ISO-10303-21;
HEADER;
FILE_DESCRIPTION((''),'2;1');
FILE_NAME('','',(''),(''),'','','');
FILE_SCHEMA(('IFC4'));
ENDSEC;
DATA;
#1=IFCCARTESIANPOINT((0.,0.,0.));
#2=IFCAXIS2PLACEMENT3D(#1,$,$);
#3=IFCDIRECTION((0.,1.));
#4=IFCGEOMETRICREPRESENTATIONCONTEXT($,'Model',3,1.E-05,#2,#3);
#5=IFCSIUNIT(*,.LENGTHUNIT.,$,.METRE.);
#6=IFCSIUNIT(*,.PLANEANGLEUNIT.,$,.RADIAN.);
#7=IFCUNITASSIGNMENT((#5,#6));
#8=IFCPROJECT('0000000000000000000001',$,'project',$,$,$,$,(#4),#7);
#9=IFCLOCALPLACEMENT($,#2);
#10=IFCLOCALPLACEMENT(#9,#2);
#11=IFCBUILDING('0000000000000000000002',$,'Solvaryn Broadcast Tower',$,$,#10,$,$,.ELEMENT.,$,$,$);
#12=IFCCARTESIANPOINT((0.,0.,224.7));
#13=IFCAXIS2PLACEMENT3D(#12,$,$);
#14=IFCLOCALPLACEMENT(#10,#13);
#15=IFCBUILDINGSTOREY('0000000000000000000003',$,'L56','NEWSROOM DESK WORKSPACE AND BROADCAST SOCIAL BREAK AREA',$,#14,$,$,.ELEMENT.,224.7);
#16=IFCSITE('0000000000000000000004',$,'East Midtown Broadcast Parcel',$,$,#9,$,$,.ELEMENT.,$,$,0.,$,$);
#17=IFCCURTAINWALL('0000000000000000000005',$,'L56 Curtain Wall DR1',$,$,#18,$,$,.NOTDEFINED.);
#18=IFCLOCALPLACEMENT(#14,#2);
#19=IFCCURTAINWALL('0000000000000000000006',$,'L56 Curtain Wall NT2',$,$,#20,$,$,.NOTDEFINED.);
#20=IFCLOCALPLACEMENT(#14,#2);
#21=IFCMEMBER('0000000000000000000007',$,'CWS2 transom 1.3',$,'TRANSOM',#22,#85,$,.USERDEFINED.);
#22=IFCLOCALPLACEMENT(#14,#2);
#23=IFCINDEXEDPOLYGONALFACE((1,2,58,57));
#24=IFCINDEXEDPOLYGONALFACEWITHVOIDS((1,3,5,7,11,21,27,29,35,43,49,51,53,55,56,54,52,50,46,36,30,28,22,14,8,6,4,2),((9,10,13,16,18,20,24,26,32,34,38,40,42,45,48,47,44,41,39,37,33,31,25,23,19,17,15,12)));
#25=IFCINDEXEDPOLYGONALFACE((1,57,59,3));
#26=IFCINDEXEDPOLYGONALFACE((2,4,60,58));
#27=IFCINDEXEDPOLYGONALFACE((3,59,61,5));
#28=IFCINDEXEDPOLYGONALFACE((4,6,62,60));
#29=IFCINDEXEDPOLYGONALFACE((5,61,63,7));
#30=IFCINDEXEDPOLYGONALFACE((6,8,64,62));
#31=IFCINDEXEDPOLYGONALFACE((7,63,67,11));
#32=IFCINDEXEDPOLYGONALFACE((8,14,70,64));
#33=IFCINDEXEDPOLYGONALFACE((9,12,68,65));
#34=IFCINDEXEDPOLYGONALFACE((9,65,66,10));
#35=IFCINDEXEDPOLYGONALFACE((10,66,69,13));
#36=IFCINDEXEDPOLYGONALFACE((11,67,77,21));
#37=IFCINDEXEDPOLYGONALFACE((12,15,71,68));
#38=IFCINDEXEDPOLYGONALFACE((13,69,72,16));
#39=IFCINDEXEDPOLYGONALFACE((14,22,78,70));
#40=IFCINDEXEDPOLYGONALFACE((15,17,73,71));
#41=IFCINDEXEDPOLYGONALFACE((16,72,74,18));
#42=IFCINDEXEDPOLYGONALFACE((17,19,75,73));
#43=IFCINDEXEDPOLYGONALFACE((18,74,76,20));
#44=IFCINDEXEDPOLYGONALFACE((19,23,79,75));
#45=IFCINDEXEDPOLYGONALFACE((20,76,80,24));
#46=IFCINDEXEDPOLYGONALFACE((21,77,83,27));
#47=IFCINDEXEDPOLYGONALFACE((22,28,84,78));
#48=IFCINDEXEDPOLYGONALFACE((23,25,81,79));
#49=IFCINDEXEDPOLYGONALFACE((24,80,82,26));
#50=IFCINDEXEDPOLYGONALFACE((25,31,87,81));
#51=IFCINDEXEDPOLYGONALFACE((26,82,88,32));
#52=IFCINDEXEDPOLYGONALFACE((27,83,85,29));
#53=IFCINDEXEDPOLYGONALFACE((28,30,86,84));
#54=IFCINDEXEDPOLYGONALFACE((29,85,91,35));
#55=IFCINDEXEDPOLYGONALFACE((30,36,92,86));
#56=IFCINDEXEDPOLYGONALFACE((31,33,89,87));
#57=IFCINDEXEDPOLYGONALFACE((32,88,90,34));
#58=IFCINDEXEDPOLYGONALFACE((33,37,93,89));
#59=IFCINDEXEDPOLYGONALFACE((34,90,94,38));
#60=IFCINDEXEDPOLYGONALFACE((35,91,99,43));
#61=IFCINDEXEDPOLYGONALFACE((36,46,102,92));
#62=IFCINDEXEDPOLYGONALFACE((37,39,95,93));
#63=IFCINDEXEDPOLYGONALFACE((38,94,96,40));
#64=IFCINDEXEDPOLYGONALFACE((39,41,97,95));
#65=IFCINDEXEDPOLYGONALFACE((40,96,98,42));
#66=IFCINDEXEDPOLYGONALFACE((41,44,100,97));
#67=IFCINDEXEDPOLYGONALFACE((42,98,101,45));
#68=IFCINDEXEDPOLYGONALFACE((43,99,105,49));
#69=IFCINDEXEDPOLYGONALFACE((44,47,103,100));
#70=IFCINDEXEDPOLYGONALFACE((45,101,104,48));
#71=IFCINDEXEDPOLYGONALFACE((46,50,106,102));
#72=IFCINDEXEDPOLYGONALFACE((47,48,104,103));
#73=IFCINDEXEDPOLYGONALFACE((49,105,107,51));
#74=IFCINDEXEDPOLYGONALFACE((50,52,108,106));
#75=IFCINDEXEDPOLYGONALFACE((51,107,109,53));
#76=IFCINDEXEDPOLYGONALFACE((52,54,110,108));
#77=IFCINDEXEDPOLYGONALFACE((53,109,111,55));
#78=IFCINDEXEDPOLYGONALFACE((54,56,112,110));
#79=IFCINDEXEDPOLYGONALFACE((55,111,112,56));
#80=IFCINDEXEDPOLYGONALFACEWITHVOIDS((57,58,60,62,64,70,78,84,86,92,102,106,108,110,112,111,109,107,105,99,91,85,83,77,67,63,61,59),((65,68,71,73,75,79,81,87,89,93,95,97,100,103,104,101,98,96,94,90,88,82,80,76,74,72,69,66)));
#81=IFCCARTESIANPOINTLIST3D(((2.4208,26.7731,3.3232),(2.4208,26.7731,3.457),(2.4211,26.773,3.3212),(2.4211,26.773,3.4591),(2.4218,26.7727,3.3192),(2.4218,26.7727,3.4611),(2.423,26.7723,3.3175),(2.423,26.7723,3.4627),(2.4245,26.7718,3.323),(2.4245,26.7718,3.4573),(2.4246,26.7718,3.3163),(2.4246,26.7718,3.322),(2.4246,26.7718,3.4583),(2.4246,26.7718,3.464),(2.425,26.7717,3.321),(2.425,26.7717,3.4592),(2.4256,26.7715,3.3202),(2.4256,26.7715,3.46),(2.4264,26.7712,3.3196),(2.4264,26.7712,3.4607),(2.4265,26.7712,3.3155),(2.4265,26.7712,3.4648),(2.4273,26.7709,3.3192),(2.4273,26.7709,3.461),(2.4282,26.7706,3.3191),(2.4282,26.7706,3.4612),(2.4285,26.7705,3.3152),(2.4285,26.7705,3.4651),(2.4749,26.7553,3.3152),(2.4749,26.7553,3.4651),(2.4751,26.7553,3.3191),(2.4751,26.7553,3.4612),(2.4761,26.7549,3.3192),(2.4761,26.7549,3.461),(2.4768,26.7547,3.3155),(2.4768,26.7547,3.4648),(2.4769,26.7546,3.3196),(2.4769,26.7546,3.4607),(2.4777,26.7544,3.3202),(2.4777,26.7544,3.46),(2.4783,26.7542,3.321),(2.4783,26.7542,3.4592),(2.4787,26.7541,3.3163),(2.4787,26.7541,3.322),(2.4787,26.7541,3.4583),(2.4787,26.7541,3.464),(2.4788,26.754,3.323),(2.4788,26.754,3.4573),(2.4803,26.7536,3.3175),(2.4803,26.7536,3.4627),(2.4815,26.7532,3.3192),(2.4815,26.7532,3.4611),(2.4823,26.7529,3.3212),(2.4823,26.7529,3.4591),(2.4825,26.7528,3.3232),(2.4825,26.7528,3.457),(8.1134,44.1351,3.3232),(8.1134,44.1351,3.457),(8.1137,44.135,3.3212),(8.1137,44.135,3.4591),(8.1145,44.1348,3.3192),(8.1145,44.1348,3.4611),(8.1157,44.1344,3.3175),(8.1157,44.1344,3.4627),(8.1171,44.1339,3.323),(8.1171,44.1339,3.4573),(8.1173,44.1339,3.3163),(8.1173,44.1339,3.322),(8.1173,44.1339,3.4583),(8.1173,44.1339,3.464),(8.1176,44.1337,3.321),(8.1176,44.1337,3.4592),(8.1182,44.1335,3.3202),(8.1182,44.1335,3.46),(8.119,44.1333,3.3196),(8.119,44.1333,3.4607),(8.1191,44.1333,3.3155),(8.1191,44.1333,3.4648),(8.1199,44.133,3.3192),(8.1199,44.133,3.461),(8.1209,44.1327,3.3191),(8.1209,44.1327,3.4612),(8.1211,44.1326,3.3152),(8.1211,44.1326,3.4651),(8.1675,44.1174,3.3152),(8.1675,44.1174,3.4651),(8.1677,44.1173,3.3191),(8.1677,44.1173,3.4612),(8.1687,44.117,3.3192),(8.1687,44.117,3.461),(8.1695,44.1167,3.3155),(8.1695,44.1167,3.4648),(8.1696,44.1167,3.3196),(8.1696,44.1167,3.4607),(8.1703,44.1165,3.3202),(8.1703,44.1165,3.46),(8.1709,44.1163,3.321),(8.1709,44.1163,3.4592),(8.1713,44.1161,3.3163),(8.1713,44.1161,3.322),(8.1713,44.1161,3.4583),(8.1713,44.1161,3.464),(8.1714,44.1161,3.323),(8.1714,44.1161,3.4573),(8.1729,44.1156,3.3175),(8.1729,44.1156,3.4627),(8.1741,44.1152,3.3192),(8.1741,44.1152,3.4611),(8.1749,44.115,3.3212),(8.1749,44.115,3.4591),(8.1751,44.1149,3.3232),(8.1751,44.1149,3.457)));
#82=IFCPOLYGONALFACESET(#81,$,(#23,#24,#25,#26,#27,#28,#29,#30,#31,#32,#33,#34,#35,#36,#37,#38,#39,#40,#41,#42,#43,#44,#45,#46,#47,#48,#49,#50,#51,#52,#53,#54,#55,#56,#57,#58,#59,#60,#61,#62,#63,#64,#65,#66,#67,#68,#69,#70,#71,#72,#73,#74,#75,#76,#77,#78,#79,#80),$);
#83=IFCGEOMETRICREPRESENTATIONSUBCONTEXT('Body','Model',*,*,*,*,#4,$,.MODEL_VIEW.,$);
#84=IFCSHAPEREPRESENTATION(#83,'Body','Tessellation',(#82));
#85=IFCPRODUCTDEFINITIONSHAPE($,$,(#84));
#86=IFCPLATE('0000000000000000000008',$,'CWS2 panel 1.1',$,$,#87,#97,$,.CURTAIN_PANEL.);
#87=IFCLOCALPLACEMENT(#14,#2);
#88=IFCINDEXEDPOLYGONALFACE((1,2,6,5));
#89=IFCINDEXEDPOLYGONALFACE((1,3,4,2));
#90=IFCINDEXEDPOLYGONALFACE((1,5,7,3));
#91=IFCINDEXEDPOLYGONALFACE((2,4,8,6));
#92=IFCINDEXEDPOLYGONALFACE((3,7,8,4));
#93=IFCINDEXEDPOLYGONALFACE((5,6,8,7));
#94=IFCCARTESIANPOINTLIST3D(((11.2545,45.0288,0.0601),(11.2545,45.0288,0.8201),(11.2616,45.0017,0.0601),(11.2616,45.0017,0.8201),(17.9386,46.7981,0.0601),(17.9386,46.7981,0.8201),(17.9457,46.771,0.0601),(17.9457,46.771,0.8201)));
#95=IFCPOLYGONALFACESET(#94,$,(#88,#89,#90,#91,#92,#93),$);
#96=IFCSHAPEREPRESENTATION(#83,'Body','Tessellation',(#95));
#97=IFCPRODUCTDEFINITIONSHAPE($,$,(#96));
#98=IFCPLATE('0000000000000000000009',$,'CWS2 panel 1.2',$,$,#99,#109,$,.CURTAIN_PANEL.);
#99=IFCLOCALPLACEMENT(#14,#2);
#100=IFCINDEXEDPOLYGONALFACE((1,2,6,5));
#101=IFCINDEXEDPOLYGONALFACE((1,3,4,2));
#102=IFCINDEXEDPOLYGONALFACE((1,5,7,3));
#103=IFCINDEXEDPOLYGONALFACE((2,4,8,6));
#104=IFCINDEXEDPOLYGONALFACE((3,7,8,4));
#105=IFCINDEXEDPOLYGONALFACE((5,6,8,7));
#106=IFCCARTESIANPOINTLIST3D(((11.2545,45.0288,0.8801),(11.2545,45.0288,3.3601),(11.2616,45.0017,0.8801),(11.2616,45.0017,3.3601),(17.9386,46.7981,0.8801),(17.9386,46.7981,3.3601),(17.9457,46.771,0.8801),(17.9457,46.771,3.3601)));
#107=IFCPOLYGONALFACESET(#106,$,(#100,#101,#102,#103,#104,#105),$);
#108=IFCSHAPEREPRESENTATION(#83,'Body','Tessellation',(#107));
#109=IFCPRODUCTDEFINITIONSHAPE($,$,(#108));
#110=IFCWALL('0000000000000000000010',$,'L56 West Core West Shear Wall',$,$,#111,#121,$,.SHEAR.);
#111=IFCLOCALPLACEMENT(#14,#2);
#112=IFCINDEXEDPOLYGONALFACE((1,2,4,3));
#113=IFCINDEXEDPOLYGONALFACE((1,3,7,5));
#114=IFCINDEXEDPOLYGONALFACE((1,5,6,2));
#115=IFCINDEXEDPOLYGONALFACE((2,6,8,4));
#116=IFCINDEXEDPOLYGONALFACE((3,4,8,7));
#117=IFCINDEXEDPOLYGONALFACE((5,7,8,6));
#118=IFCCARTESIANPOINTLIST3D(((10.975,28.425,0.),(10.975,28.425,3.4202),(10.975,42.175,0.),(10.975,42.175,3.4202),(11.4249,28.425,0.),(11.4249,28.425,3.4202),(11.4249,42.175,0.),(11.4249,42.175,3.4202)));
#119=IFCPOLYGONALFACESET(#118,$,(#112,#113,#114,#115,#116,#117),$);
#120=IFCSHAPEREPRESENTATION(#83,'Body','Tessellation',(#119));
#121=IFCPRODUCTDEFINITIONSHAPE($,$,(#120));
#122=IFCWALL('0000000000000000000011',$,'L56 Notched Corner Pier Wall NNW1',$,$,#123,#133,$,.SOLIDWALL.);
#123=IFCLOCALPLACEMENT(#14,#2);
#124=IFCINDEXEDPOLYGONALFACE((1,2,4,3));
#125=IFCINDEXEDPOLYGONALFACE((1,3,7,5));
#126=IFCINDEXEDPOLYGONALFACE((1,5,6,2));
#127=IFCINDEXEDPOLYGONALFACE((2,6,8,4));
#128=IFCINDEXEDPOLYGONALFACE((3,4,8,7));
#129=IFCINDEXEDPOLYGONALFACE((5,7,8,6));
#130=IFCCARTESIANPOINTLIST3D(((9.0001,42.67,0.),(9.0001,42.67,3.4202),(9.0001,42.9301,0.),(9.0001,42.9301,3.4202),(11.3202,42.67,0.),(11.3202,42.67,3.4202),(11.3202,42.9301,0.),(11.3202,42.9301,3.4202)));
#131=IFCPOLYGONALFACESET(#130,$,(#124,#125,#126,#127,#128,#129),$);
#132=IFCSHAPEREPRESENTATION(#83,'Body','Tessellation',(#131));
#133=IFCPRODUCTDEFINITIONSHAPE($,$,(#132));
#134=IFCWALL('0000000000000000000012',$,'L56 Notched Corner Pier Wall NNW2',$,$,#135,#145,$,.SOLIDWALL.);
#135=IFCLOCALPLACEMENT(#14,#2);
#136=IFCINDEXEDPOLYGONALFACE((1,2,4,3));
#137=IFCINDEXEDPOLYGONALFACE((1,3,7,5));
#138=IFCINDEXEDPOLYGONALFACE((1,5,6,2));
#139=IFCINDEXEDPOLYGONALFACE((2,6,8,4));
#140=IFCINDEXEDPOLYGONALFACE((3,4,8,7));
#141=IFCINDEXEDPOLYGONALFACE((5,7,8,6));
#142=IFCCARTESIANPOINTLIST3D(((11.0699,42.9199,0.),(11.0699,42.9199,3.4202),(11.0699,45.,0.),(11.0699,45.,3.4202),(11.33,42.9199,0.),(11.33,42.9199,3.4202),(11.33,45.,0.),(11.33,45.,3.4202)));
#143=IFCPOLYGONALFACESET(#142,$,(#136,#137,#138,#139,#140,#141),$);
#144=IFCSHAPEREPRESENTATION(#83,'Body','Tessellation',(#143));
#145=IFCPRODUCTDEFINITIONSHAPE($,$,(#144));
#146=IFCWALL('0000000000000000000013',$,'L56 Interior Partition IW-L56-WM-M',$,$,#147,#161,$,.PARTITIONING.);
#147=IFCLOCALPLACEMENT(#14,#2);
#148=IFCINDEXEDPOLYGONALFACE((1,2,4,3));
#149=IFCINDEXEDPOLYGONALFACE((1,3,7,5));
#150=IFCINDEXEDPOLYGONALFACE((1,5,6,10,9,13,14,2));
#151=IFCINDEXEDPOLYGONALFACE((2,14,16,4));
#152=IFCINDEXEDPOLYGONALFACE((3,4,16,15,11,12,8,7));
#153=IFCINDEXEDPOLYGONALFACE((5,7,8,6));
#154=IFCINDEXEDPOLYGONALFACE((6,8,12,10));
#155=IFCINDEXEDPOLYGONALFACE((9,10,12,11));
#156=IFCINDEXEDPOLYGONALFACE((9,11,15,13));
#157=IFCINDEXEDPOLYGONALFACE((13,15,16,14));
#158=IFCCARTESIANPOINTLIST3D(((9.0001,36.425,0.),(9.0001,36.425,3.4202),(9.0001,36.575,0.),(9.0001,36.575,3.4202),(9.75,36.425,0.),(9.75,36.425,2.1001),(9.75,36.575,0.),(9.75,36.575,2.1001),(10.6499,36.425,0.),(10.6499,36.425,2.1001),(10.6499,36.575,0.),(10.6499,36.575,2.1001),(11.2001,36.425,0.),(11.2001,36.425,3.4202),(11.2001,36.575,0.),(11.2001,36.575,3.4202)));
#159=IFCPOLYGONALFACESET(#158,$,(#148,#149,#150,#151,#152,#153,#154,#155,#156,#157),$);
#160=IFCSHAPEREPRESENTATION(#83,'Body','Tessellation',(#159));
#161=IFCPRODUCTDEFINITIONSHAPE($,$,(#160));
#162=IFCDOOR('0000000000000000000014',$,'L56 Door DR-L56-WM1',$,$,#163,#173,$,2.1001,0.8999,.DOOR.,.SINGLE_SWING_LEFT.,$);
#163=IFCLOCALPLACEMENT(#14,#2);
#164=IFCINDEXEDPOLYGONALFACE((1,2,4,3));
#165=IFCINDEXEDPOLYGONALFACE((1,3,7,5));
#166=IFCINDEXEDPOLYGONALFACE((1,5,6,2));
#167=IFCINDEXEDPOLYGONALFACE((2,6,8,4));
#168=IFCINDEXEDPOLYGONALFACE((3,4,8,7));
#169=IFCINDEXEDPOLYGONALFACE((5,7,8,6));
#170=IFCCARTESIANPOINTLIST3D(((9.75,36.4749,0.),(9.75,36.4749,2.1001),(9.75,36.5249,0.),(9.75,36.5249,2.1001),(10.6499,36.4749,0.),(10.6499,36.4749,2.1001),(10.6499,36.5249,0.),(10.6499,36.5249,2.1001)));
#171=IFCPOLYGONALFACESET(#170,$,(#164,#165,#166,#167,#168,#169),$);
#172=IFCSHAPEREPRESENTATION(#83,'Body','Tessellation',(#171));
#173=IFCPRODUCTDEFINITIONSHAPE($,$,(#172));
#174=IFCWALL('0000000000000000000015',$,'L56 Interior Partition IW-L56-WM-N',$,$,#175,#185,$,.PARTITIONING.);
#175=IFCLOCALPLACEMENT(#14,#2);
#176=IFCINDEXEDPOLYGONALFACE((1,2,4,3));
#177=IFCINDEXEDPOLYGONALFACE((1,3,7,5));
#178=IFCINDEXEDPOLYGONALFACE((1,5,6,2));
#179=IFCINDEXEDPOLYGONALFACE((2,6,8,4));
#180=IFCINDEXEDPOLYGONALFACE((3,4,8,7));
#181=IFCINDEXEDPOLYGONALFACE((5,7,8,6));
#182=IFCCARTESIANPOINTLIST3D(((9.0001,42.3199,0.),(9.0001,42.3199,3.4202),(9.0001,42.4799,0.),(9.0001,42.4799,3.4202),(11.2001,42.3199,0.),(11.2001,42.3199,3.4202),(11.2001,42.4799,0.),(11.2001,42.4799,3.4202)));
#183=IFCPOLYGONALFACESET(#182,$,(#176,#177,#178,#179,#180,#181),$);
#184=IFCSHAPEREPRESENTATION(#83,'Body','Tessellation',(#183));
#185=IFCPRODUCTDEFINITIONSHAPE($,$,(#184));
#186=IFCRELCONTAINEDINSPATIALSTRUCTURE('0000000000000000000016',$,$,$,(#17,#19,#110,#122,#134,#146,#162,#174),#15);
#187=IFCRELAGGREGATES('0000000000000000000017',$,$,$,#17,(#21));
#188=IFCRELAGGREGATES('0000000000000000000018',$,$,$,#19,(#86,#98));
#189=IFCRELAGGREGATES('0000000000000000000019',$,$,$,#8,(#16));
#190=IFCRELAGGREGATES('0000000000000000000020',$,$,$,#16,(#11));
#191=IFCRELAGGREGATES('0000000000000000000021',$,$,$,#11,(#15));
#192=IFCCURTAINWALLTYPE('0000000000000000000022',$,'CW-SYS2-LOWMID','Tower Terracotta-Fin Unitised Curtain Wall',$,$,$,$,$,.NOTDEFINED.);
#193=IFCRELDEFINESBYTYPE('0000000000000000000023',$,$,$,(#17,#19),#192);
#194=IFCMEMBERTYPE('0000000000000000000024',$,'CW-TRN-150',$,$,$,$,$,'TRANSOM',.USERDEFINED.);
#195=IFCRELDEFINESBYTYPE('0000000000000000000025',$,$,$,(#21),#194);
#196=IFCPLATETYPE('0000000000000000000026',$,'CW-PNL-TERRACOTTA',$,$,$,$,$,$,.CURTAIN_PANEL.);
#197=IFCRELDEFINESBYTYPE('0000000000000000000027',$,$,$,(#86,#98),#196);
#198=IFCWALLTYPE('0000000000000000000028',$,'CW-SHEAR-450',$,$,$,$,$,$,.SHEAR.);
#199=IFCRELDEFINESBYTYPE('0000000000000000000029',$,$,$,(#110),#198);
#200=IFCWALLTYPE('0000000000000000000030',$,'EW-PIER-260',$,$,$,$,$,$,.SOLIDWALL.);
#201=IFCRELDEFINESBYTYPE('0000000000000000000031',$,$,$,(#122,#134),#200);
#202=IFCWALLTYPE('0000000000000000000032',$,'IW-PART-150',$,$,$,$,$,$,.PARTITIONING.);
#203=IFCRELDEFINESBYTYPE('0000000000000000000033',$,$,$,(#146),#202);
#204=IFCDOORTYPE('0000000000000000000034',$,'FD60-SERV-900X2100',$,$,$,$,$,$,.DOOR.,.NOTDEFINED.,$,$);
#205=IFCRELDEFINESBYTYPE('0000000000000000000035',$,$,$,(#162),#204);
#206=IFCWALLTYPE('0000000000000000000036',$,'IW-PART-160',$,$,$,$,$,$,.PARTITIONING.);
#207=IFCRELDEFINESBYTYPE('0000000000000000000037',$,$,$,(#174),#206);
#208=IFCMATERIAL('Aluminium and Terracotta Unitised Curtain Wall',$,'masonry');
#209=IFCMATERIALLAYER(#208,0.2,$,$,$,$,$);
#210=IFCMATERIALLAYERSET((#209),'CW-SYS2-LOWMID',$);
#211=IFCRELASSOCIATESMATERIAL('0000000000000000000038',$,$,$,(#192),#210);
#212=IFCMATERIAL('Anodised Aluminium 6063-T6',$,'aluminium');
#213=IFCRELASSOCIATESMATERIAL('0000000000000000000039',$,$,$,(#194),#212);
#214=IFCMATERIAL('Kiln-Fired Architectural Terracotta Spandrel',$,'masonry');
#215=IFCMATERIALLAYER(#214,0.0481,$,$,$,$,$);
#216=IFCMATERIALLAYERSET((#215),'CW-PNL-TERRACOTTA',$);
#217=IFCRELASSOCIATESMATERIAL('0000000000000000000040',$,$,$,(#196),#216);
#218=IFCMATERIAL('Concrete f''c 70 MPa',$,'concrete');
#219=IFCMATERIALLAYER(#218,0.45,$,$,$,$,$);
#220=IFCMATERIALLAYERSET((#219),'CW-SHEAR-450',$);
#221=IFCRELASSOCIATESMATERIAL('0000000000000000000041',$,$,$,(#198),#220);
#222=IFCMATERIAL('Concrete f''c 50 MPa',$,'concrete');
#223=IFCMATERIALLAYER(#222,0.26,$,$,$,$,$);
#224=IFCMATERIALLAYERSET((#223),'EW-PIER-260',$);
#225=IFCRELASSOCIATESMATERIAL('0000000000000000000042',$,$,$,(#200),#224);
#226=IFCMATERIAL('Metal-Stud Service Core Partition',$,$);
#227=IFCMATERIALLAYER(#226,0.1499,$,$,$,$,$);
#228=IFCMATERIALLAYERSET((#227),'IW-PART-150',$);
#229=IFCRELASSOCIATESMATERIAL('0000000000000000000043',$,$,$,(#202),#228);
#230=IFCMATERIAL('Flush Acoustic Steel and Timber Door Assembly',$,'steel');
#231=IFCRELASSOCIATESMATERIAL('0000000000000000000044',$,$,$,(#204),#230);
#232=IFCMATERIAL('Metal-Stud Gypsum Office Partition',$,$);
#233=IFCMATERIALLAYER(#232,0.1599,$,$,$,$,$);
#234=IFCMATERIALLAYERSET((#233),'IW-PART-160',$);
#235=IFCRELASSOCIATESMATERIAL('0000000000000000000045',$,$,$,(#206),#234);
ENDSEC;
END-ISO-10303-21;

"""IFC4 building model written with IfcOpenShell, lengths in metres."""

from ifc_helpers import new_model, si_unit, direction, frame, frame_2d, origin, origin_2d, place, context, subcontext, project, spatial, rectangle, hollow_rectangle, extrude, material, layer, layer_set, material_profile, profile_set, type_object, element, fill, aggregate, save


model = new_model("IFC4")

# Units and contexts
model_context = context("Model", 3, precision=1e-05, world=origin(), true_north=direction((0.0, 1.0)))
body_context = subcontext(model_context, "Body", "Model", "MODEL_VIEW")
ifc_project = project(units=[si_unit("LENGTHUNIT", "METRE"), si_unit("PLANEANGLEUNIT", "RADIAN")], contexts=[model_context])

# Site, building, storey
site_placement = place(None, origin())
site = spatial("IfcSite", under=ifc_project, at=site_placement, Name="East Midtown Broadcast Parcel", CompositionType="ELEMENT", RefElevation=0.0)
building_placement = place(site_placement, origin())
building = spatial("IfcBuilding", under=site, at=building_placement, Name="Solvaryn Broadcast Tower", CompositionType="ELEMENT")
storey_placement = place(building_placement, frame((0.0, 0.0, 224.7)))
storey = spatial("IfcBuildingStorey", under=building, at=storey_placement, Name="L56", Description="NEWSROOM DESK WORKSPACE AND BROADCAST SOCIAL BREAK AREA", CompositionType="ELEMENT", Elevation=224.7)

# Curtain walls
ifc_material_1 = material(Name="Aluminium and Terracotta Unitised Curtain Wall", Category="masonry")
ifc_layer_1 = layer(ifc_material_1, 0.2)
ifc_layer_set_1 = layer_set([ifc_layer_1], Name="CW-SYS2-LOWMID")
curtain_wall_type = type_object("IfcCurtainWallType", Name="CW-SYS2-LOWMID", Description="Tower Terracotta-Fin Unitised Curtain Wall", PredefinedType="NOTDEFINED", material=ifc_layer_set_1)
curtain_wall_1_placement = place(storey_placement, origin())
curtain_wall_1 = element("IfcCurtainWall", 1, at=curtain_wall_1_placement, inside=storey, type_object=curtain_wall_type, Name="L56 Curtain Wall DR1", PredefinedType="NOTDEFINED")
curtain_wall_2_placement = place(storey_placement, origin())
curtain_wall_2 = element("IfcCurtainWall", 2, at=curtain_wall_2_placement, inside=storey, type_object=curtain_wall_type, Name="L56 Curtain Wall NT2", PredefinedType="NOTDEFINED")

# Member
ifc_material_2 = material(Name="Anodised Aluminium 6063-T6", Category="aluminium")
ifc_material_profile_1 = material_profile(ifc_material_2, hollow_rectangle(XDim=0.0649, YDim=0.1499, WallThickness=0.0039, InnerFilletRadius=0.0039, OuterFilletRadius=0.0081, at=origin_2d()))
ifc_profile_set_1 = profile_set([ifc_material_profile_1], Name="Anodised Aluminium 6063-T6")
member_type_1 = type_object("IfcMemberType", Name="CW-TRN-150", ElementType="TRANSOM", PredefinedType="USERDEFINED", material=ifc_profile_set_1)
member_1_placement = place(storey_placement, frame((8.1443, 44.125, 3.3901), z_axis=(-0.311558, -0.950227, 0.0), x_axis=(0.950227, -0.311558, 0.0)))
member_1 = element("IfcMember", 3, at=member_1_placement, type_object=member_type_1, Name="CWS2 transom 1.3", ObjectType="TRANSOM", PredefinedType="USERDEFINED", context=body_context, shape_type="SweptSolid", body=[
    extrude(hollow_rectangle(XDim=0.0649, YDim=0.1499, WallThickness=0.0039, InnerFilletRadius=0.0039, OuterFilletRadius=0.0081, at=origin_2d()), origin(), (0.0, 0.0, 1.0), 18.2715),
])
aggregate(curtain_wall_1, [member_1])

# Plates
ifc_material_3 = material(Name="Kiln-Fired Architectural Terracotta Spandrel", Category="masonry")
ifc_layer_2 = layer(ifc_material_3, 0.0481)
ifc_layer_set_2 = layer_set([ifc_layer_2], Name="CW-PNL-TERRACOTTA")
plate_type = type_object("IfcPlateType", Name="CW-PNL-TERRACOTTA", PredefinedType="CURTAIN_PANEL", material=ifc_layer_set_2)
plate_1_placement = place(storey_placement, frame((14.6001, 45.8999, 0.0601), z_axis=(0.0, 0.0, 1.0), x_axis=(-0.966705, -0.255893, 0.0)))
plate_1 = element("IfcPlate", 4, at=plate_1_placement, type_object=plate_type, Name="CWS2 panel 1.1", PredefinedType="CURTAIN_PANEL", context=body_context, shape_type="SweptSolid", body=[
    extrude(rectangle(XDim=6.9143, YDim=0.0281, at=origin_2d()), origin(), (0.0, 0.0, 1.0), 0.76),
])
plate_2_placement = place(storey_placement, frame((14.6001, 45.8999, 0.8801), z_axis=(0.0, 0.0, 1.0), x_axis=(-0.966705, -0.255893, 0.0)))
plate_2 = element("IfcPlate", 5, at=plate_2_placement, type_object=plate_type, Name="CWS2 panel 1.2", PredefinedType="CURTAIN_PANEL", context=body_context, shape_type="SweptSolid", body=[
    extrude(rectangle(XDim=6.9143, YDim=0.0281, at=origin_2d()), origin(), (0.0, 0.0, 1.0), 2.48),
])
aggregate(curtain_wall_2, [plate_1, plate_2])

# Walls
ifc_material_4 = material(Name="Concrete f'c 70 MPa", Category="concrete")
ifc_layer_3 = layer(ifc_material_4, 0.45)
ifc_layer_set_3 = layer_set([ifc_layer_3], Name="CW-SHEAR-450")
wall_type_1 = type_object("IfcWallType", Name="CW-SHEAR-450", PredefinedType="SHEAR", material=ifc_layer_set_3)
wall_1_placement = place(storey_placement, frame((11.2, 42.175, 0.0), z_axis=(0.0, 0.0, 1.0), x_axis=(0.0, -1.0, 0.0)))
element("IfcWall", 6, at=wall_1_placement, inside=storey, type_object=wall_type_1, Name="L56 West Core West Shear Wall", PredefinedType="SHEAR", context=body_context, shape_type="SweptSolid", body=[
    extrude(rectangle(XDim=13.75, YDim=0.45, at=frame_2d((6.875, 0.0))), origin(), (0.0, 0.0, 1.0), 3.4202),
])
ifc_material_5 = material(Name="Concrete f'c 50 MPa", Category="concrete")
ifc_layer_4 = layer(ifc_material_5, 0.26)
ifc_layer_set_4 = layer_set([ifc_layer_4], Name="EW-PIER-260")
wall_type_2 = type_object("IfcWallType", Name="EW-PIER-260", PredefinedType="SOLIDWALL", material=ifc_layer_set_4)
wall_2_placement = place(storey_placement, frame((9.0, 42.8, 0.0), z_axis=(0.0, 0.0, 1.0), x_axis=(1.0, 0.0, 0.0)))
element("IfcWall", 7, at=wall_2_placement, inside=storey, type_object=wall_type_2, Name="L56 Notched Corner Pier Wall NNW1", PredefinedType="SOLIDWALL", context=body_context, shape_type="SweptSolid", body=[
    extrude(rectangle(XDim=2.3201, YDim=0.26, at=frame_2d((1.1602, 0.0))), origin(), (0.0, 0.0, 1.0), 3.4202),
])
wall_3_placement = place(storey_placement, frame((11.2, 42.9199, 0.0), z_axis=(0.0, 0.0, 1.0), x_axis=(0.0, 1.0, 0.0)))
element("IfcWall", 8, at=wall_3_placement, inside=storey, type_object=wall_type_2, Name="L56 Notched Corner Pier Wall NNW2", PredefinedType="SOLIDWALL", context=body_context, shape_type="SweptSolid", body=[
    extrude(rectangle(XDim=2.0801, YDim=0.26, at=frame_2d((1.04, 0.0))), origin(), (0.0, 0.0, 1.0), 3.4202),
])

# Wall, opening, door
ifc_material_6 = material(Name="Metal-Stud Service Core Partition")
ifc_layer_5 = layer(ifc_material_6, 0.1499)
ifc_layer_set_5 = layer_set([ifc_layer_5], Name="IW-PART-150")
wall_type_3 = type_object("IfcWallType", Name="IW-PART-150", PredefinedType="PARTITIONING", material=ifc_layer_set_5)
wall_4_placement = place(storey_placement, frame((9.0, 36.5, 0.0), z_axis=(0.0, 0.0, 1.0), x_axis=(1.0, 0.0, 0.0)))
wall_4 = element("IfcWall", 9, at=wall_4_placement, inside=storey, type_object=wall_type_3, Name="L56 Interior Partition IW-L56-WM-M", PredefinedType="PARTITIONING", context=body_context, shape_type="SweptSolid", body=[
    extrude(rectangle(XDim=2.2, YDim=0.1499, at=frame_2d((1.1001, 0.0))), origin(), (0.0, 0.0, 1.0), 3.4202),
])
opening_placement = place(wall_4_placement, frame((0.75, 0.0, 0.0)))
opening = element("IfcOpeningElement", 10, at=opening_placement, cuts=wall_4, PredefinedType="OPENING", context=body_context, shape_type="SweptSolid", body=[
    extrude(rectangle(XDim=0.8999, YDim=2.1001, at=frame_2d((0.45, 1.05))), frame((0.0, 0.085, 0.0), z_axis=(0.0, -1.0, 0.0), x_axis=(1.0, 0.0, 0.0)), (0.0, 0.0, 1.0), 0.1699),
])
ifc_material_7 = material(Name="Flush Acoustic Steel and Timber Door Assembly", Category="steel")
door_type = type_object("IfcDoorType", Name="FD60-SERV-900X2100", OperationType="NOTDEFINED", PredefinedType="DOOR", material=ifc_material_7)
door_placement = place(opening_placement, origin())
door = element("IfcDoor", 11, at=door_placement, inside=storey, type_object=door_type, Name="L56 Door DR-L56-WM1", OperationType="SINGLE_SWING_LEFT", OverallHeight=2.1001, OverallWidth=0.8999, PredefinedType="DOOR", context=body_context, shape_type="SweptSolid", body=[
    extrude(rectangle(XDim=0.8999, YDim=2.1001, at=frame_2d((0.45, 1.05))), frame((0.0, 0.0249, 0.0), z_axis=(0.0, -1.0, 0.0), x_axis=(1.0, 0.0, 0.0)), (0.0, 0.0, 1.0), 0.05),
])
fill(opening, door)

# Wall
ifc_material_8 = material(Name="Metal-Stud Gypsum Office Partition")
ifc_layer_6 = layer(ifc_material_8, 0.1599)
ifc_layer_set_6 = layer_set([ifc_layer_6], Name="IW-PART-160")
wall_type_4 = type_object("IfcWallType", Name="IW-PART-160", PredefinedType="PARTITIONING", material=ifc_layer_set_6)
wall_5_placement = place(storey_placement, frame((9.0, 42.3999, 0.0), z_axis=(0.0, 0.0, 1.0), x_axis=(1.0, 0.0, 0.0)))
element("IfcWall", 12, at=wall_5_placement, inside=storey, type_object=wall_type_4, Name="L56 Interior Partition IW-L56-WM-N", PredefinedType="PARTITIONING", context=body_context, shape_type="SweptSolid", body=[
    extrude(rectangle(XDim=2.2, YDim=0.1599, at=frame_2d((1.1001, 0.0))), origin(), (0.0, 0.0, 1.0), 3.4202),
])

save(model, "model.ifc")
